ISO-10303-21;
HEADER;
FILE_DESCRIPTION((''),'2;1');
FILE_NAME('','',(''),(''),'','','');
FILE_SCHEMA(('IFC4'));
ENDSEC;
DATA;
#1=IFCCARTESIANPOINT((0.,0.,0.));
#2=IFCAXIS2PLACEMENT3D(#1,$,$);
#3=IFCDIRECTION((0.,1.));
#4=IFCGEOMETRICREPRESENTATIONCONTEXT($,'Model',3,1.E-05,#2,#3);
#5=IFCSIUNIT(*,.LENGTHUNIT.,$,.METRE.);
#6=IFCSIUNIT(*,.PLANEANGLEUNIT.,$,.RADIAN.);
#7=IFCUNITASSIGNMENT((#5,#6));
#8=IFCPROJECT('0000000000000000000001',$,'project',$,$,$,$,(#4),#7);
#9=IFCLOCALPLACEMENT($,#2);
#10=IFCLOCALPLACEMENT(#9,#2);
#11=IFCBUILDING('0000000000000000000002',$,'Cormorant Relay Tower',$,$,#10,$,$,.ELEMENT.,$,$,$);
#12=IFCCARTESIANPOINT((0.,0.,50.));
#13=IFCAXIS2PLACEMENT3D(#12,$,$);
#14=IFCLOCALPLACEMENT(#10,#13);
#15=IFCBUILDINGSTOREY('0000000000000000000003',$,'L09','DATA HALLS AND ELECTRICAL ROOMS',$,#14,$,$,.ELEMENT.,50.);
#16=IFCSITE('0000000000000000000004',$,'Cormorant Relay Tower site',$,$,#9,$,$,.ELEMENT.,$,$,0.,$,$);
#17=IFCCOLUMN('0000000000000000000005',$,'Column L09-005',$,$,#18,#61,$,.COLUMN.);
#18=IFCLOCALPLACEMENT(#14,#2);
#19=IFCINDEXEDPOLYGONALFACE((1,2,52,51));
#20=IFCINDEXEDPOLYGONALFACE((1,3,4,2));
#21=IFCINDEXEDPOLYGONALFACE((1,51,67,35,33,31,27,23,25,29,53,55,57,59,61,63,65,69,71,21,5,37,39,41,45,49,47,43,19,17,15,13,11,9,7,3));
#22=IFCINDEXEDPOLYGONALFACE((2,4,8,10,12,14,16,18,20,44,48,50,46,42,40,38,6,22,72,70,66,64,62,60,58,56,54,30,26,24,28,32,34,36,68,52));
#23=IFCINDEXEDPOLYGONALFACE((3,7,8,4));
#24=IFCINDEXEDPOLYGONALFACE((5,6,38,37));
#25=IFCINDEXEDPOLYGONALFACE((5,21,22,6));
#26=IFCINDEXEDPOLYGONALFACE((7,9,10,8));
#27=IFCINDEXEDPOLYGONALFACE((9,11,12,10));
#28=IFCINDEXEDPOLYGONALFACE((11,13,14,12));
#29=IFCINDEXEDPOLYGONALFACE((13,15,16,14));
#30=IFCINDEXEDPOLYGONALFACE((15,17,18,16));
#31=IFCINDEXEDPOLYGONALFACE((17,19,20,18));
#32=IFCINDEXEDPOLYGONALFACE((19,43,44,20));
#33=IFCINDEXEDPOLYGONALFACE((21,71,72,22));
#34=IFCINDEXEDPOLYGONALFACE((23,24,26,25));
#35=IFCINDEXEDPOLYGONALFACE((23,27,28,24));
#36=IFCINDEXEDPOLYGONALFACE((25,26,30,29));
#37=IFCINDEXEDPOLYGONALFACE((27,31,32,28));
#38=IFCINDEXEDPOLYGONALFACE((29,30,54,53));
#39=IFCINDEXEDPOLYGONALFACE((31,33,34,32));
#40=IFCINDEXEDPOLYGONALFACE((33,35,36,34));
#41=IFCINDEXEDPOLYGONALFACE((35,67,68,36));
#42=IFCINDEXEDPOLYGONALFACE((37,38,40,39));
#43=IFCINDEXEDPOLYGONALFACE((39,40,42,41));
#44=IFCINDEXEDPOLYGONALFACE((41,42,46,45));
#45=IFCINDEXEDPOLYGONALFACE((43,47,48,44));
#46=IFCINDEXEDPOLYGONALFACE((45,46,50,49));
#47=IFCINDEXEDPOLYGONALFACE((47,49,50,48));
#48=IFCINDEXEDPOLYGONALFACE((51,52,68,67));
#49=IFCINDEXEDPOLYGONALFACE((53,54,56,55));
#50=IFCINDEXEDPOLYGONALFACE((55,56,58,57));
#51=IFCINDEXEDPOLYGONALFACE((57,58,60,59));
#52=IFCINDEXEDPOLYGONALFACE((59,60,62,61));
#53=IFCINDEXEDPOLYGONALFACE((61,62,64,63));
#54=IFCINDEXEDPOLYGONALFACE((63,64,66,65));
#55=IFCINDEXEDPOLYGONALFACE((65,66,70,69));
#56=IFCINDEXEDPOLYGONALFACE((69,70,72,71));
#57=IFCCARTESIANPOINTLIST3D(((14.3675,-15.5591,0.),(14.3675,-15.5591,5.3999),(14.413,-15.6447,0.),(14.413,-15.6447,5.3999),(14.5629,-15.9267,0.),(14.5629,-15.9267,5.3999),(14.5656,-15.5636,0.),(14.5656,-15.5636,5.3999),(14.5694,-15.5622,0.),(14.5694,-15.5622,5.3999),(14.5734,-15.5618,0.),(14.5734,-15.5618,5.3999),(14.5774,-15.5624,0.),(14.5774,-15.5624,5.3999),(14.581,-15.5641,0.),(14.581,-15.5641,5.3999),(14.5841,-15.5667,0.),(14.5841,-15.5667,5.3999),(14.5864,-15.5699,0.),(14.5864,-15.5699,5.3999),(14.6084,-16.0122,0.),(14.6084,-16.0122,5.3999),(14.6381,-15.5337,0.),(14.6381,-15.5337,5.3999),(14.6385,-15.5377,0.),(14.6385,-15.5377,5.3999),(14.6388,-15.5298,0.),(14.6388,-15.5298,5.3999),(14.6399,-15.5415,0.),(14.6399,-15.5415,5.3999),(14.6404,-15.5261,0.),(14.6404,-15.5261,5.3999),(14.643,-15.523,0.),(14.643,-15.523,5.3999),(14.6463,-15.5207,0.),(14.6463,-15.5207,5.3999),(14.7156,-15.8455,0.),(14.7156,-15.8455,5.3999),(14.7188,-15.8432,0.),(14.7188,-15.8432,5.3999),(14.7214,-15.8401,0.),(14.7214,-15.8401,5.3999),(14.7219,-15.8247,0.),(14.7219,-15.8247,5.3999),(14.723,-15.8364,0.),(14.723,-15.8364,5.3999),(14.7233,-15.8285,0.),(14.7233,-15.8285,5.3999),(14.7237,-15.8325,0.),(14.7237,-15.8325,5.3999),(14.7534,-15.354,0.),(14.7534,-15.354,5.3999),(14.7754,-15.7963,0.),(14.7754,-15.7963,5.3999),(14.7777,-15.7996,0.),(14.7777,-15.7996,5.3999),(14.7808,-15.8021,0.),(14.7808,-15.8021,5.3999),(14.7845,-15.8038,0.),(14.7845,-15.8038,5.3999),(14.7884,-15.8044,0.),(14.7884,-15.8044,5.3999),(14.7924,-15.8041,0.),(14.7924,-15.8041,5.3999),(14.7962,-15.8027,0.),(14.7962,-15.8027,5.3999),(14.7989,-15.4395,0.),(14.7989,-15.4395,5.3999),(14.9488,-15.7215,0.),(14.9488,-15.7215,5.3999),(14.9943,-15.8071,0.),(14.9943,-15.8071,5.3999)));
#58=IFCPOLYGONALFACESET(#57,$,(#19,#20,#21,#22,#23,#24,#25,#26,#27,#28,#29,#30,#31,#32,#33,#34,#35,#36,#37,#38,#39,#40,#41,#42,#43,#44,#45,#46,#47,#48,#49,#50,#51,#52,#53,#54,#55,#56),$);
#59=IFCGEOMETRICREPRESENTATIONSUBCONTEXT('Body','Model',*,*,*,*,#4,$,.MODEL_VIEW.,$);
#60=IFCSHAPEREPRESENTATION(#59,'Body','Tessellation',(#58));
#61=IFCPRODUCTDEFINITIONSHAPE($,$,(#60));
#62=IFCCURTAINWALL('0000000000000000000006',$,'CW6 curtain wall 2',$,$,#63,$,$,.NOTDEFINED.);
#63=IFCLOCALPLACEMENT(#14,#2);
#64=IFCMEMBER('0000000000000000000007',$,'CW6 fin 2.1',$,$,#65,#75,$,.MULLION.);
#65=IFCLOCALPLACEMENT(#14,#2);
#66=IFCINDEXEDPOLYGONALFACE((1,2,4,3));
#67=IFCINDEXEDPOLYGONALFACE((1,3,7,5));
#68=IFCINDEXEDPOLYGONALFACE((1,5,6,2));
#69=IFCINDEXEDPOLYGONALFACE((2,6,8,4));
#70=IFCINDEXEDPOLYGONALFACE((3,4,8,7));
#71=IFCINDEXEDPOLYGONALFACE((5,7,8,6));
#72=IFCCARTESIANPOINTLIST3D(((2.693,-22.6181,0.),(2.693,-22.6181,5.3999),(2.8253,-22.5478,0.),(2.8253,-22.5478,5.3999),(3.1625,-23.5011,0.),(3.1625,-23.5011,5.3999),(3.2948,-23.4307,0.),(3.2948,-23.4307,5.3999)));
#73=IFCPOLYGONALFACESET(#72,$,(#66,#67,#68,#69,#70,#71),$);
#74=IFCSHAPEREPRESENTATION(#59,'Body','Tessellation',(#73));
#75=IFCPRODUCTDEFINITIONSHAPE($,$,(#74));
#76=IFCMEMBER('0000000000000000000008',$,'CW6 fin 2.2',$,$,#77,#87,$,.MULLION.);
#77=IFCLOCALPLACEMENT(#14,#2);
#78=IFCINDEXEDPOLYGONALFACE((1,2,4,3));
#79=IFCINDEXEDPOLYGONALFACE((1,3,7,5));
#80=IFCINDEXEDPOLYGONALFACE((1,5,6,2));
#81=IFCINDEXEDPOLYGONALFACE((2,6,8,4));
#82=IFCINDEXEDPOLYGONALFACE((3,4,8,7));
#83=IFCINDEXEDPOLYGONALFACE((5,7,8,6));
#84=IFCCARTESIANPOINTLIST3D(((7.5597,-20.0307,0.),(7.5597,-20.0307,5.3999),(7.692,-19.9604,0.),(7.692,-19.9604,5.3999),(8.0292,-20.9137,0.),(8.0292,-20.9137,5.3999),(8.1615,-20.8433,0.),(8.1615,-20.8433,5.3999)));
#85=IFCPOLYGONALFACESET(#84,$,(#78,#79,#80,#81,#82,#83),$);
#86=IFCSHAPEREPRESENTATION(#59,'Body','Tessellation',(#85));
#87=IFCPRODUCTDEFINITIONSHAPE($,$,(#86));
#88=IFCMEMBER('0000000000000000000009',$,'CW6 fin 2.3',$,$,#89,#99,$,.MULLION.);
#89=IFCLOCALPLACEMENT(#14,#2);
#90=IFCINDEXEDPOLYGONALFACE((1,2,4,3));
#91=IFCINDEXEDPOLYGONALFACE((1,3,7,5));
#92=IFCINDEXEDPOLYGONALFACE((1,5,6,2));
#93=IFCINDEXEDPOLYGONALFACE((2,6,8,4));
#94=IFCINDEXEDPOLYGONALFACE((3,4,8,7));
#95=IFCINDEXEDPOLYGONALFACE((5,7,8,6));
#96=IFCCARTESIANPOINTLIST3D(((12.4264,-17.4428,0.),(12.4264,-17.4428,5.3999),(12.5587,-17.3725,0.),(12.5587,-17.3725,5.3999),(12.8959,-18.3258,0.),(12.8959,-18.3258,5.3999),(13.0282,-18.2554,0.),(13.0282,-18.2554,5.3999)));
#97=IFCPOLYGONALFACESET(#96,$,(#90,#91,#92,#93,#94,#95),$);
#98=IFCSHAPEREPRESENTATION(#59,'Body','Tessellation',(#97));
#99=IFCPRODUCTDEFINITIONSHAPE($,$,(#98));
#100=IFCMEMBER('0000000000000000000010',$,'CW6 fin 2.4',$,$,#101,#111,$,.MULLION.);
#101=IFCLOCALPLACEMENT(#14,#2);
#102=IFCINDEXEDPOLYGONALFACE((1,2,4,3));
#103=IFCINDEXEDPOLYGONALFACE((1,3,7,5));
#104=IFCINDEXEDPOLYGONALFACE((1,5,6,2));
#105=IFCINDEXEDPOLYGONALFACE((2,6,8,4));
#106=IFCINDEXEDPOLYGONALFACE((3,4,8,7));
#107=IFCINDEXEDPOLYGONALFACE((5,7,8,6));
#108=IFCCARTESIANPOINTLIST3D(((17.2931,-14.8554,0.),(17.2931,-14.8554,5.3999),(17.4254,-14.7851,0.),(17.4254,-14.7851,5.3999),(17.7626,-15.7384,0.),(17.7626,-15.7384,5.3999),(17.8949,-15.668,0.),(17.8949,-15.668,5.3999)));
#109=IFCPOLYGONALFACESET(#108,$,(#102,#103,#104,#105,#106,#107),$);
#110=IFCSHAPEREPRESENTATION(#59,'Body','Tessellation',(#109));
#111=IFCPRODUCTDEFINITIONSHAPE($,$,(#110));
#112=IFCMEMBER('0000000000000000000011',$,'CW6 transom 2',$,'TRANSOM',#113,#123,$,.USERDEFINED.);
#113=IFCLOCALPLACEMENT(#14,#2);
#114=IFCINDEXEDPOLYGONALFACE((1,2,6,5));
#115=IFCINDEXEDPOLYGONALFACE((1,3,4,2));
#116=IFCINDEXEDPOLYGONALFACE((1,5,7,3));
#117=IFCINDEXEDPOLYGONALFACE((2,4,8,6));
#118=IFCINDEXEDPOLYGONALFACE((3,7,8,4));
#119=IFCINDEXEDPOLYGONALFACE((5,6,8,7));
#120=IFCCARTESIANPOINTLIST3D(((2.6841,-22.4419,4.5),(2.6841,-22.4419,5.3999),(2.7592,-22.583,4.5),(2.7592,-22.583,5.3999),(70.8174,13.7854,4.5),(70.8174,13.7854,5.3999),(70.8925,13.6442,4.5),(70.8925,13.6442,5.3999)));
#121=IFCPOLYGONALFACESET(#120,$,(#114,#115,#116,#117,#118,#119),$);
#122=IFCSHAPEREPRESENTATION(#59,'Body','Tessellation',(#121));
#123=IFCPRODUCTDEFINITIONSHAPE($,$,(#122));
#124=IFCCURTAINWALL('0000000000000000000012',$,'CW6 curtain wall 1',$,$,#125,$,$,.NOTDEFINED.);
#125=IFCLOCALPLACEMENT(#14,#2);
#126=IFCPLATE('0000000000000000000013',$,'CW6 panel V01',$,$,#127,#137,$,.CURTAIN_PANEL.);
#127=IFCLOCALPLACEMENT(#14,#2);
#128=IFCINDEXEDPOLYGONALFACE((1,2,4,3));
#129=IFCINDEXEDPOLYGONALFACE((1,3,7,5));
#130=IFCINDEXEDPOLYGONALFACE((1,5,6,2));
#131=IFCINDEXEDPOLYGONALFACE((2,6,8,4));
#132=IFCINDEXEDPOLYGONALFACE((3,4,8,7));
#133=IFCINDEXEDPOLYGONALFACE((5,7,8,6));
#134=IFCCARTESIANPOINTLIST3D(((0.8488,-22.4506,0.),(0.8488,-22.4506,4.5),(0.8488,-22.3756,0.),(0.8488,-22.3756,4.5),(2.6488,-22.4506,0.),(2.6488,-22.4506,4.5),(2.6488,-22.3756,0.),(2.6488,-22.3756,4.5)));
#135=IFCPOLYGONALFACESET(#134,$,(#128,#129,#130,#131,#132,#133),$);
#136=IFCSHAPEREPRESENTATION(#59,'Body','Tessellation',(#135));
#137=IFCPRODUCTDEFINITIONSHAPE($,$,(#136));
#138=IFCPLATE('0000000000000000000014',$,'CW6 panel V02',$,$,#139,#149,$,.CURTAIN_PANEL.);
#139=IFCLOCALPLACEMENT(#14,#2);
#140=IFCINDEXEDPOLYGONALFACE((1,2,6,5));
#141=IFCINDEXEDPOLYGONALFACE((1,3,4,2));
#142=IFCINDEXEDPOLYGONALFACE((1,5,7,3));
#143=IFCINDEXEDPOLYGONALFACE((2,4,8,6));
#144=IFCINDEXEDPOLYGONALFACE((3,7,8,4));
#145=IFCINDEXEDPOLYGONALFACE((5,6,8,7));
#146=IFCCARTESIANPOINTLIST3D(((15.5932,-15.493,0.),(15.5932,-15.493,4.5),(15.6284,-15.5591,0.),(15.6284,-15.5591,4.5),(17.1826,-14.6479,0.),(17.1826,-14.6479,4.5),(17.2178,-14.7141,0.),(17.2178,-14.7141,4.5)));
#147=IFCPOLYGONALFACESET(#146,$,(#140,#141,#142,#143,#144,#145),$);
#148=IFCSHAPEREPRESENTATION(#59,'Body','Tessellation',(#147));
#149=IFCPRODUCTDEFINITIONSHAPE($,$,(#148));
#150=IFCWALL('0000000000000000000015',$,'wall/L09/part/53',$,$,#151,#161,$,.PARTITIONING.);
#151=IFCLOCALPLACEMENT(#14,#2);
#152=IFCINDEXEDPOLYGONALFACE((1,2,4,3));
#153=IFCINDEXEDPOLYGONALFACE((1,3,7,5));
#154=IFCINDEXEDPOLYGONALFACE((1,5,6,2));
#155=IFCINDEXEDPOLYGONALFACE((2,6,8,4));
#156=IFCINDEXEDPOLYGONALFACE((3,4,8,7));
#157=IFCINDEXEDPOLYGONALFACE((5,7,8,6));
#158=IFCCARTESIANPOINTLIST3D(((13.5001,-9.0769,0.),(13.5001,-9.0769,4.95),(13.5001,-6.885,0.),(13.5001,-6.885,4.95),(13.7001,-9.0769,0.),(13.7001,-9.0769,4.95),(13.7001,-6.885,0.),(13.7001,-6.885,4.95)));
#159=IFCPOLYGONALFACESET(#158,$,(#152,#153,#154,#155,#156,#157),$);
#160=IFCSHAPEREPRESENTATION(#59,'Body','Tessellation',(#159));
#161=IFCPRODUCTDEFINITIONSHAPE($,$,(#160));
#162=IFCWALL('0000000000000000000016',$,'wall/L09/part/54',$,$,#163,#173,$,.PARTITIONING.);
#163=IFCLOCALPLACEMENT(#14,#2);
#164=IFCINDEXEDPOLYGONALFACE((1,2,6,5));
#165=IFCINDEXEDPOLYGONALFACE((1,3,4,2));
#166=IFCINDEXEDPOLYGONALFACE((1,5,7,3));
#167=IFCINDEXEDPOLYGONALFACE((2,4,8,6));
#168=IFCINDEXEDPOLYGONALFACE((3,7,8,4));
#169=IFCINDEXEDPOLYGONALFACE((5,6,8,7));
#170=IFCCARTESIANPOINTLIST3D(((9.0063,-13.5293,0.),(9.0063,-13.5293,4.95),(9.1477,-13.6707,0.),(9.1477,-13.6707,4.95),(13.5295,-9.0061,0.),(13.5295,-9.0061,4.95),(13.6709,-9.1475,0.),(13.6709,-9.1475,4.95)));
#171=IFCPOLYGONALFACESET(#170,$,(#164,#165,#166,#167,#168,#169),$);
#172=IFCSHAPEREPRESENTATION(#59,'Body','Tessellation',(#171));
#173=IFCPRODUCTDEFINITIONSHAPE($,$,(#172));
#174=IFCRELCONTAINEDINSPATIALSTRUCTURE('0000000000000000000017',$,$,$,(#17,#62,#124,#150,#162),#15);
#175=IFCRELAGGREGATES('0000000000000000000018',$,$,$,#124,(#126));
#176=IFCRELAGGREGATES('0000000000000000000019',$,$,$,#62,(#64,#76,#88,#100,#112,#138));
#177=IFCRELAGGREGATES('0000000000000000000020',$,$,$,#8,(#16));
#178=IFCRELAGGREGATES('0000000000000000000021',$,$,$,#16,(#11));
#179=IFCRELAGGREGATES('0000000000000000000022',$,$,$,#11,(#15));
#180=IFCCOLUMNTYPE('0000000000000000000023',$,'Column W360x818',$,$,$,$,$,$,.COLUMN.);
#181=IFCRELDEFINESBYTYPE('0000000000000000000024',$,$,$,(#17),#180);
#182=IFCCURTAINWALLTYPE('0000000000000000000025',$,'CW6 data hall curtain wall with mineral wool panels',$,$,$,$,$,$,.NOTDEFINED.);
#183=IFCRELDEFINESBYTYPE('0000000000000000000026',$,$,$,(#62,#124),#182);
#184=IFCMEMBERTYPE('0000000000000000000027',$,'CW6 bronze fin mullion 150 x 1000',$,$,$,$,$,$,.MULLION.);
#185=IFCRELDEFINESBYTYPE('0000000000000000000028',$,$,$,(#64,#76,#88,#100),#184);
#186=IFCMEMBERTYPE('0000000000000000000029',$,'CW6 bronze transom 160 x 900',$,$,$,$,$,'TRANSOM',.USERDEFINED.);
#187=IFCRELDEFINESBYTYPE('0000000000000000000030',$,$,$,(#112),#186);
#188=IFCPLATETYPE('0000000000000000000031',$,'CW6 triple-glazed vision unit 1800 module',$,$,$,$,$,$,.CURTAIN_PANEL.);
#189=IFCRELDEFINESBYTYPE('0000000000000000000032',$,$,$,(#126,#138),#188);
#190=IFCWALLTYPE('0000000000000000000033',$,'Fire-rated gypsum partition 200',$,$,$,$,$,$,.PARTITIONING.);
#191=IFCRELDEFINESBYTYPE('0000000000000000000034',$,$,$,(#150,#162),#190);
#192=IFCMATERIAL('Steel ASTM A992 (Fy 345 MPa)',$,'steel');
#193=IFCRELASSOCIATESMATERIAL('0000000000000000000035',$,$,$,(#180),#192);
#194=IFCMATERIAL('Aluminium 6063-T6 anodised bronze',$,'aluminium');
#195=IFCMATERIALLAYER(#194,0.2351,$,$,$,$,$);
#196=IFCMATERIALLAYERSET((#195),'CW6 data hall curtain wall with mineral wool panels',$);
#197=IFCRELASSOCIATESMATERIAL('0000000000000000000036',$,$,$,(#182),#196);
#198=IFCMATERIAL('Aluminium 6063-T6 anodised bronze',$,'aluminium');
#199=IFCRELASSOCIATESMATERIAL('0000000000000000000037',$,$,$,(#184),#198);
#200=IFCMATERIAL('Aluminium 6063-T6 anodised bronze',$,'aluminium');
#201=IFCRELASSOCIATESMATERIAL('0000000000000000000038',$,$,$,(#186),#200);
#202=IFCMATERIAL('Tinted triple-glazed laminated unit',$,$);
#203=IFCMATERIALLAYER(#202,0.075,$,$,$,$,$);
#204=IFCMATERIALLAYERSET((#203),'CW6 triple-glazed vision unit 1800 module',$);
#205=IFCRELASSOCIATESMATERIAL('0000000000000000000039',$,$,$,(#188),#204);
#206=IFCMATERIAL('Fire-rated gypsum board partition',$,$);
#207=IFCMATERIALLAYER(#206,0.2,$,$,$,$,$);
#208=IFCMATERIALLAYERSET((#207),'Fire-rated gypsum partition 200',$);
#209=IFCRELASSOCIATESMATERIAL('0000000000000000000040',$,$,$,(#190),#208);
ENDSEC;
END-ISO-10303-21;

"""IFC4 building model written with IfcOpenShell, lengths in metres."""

from ifc_helpers import new_model, si_unit, direction, frame, frame_2d, origin, origin_2d, place, context, subcontext, project, spatial, rectangle, i_section, extrude, material, layer, layer_set, material_profile, profile_set, type_object, element, aggregate, save


model = new_model("IFC4")

# Units and contexts
model_context = context("Model", 3, precision=1e-05, world=origin(), true_north=direction((0.0, 1.0)))
body_context = subcontext(model_context, "Body", "Model", "MODEL_VIEW")
ifc_project = project(units=[si_unit("LENGTHUNIT", "METRE"), si_unit("PLANEANGLEUNIT", "RADIAN")], contexts=[model_context])

# Site, building, storey
site_placement = place(None, origin())
site = spatial("IfcSite", under=ifc_project, at=site_placement, Name="Cormorant Relay Tower site", CompositionType="ELEMENT", RefElevation=0.0)
building_placement = place(site_placement, origin())
building = spatial("IfcBuilding", under=site, at=building_placement, Name="Cormorant Relay Tower", CompositionType="ELEMENT")
storey_placement = place(building_placement, frame((0.0, 0.0, 50.0)))
storey = spatial("IfcBuildingStorey", under=building, at=storey_placement, Name="L09", Description="DATA HALLS AND ELECTRICAL ROOMS", CompositionType="ELEMENT", Elevation=50.0)

# Column
ifc_material_1 = material(Name="Steel ASTM A992 (Fy 345 MPa)", Category="steel")
ifc_material_profile_1 = material_profile(ifc_material_1, i_section(OverallWidth=0.437, OverallDepth=0.5132, WebThickness=0.0605, FlangeThickness=0.0969, FilletRadius=0.0154, at=origin_2d()), Name="W360x818")
ifc_profile_set_1 = profile_set([ifc_material_profile_1], Name="Steel ASTM A992 (Fy 345 MPa)")
column_type_1 = type_object("IfcColumnType", Name="Column W360x818", PredefinedType="COLUMN", material=ifc_profile_set_1)
for number, where, z_axis, x_axis, name in (
    (1, (14.6809, -15.6831, 0.0), (0.0, 0.0, 1.0), (0.882948, 0.469472, 0.0), "Column L09-005"),
):
    element("IfcColumn", number, at=place(storey_placement, frame(where, z_axis=z_axis, x_axis=x_axis)), inside=storey, type_object=column_type_1, Name=name, PredefinedType="COLUMN", context=body_context, shape_type="SweptSolid", body=[
        extrude(i_section(OverallWidth=0.437, OverallDepth=0.5132, WebThickness=0.0605, FlangeThickness=0.0969, FilletRadius=0.0154, at=origin_2d()), origin(), (0.0, 0.0, 1.0), 5.3999),
    ])

# Curtain wall, members
ifc_material_2 = material(Name="Aluminium 6063-T6 anodised bronze", Category="aluminium")
ifc_layer_1 = layer(ifc_material_2, 0.2351)
ifc_layer_set_1 = layer_set([ifc_layer_1], Name="CW6 data hall curtain wall with mineral wool panels")
curtain_wall_type = type_object("IfcCurtainWallType", Name="CW6 data hall curtain wall with mineral wool panels", PredefinedType="NOTDEFINED", material=ifc_layer_set_1)
curtain_wall_1_placement = place(storey_placement, origin())
curtain_wall_1 = element("IfcCurtainWall", 2, at=curtain_wall_1_placement, inside=storey, type_object=curtain_wall_type, Name="CW6 curtain wall 2", PredefinedType="NOTDEFINED")
ifc_material_3 = material(Name="Aluminium 6063-T6 anodised bronze", Category="aluminium")
ifc_material_profile_2 = material_profile(ifc_material_3, rectangle(XDim=0.1499, YDim=1.0, at=origin_2d()), Name="AL 150x1000")
ifc_profile_set_2 = profile_set([ifc_material_profile_2], Name="Aluminium 6063-T6 anodised bronze")
member_type_1 = type_object("IfcMemberType", Name="CW6 bronze fin mullion 150 x 1000", PredefinedType="MULLION", material=ifc_profile_set_2)
member_1_placement = place(storey_placement, frame((2.9939, -23.0244, 0.0), z_axis=(0.0, 0.0, 1.0), x_axis=(0.882948, 0.469472, 0.0)))
member_1 = element("IfcMember", 3, at=member_1_placement, type_object=member_type_1, Name="CW6 fin 2.1", PredefinedType="MULLION", context=body_context, shape_type="SweptSolid", body=[
    extrude(rectangle(XDim=0.1499, YDim=1.0, at=origin_2d()), origin(), (0.0, 0.0, 1.0), 5.3999),
])
member_2_placement = place(storey_placement, frame((7.8606, -20.437, 0.0), z_axis=(0.0, 0.0, 1.0), x_axis=(0.882948, 0.469472, 0.0)))
member_2 = element("IfcMember", 4, at=member_2_placement, type_object=member_type_1, Name="CW6 fin 2.2", PredefinedType="MULLION", context=body_context, shape_type="SweptSolid", body=[
    extrude(rectangle(XDim=0.1499, YDim=1.0, at=origin_2d()), origin(), (0.0, 0.0, 1.0), 5.3999),
])
member_3_placement = place(storey_placement, frame((12.7273, -17.8491, 0.0), z_axis=(0.0, 0.0, 1.0), x_axis=(0.882948, 0.469472, 0.0)))
member_3 = element("IfcMember", 5, at=member_3_placement, type_object=member_type_1, Name="CW6 fin 2.3", PredefinedType="MULLION", context=body_context, shape_type="SweptSolid", body=[
    extrude(rectangle(XDim=0.1499, YDim=1.0, at=origin_2d()), origin(), (0.0, 0.0, 1.0), 5.3999),
])
member_4_placement = place(storey_placement, frame((17.594, -15.2617, 0.0), z_axis=(0.0, 0.0, 1.0), x_axis=(0.882948, 0.469472, 0.0)))
member_4 = element("IfcMember", 6, at=member_4_placement, type_object=member_type_1, Name="CW6 fin 2.4", PredefinedType="MULLION", context=body_context, shape_type="SweptSolid", body=[
    extrude(rectangle(XDim=0.1499, YDim=1.0, at=origin_2d()), origin(), (0.0, 0.0, 1.0), 5.3999),
])
ifc_material_4 = material(Name="Aluminium 6063-T6 anodised bronze", Category="aluminium")
ifc_material_profile_3 = material_profile(ifc_material_4, rectangle(XDim=0.1599, YDim=0.8999, at=origin_2d()), Name="AL 160x900")
ifc_profile_set_3 = profile_set([ifc_material_profile_3], Name="Aluminium 6063-T6 anodised bronze")
member_type_2 = type_object("IfcMemberType", Name="CW6 bronze transom 160 x 900", ElementType="TRANSOM", PredefinedType="USERDEFINED", material=ifc_profile_set_3)
member_5_placement = place(storey_placement, frame((2.7217, -22.5125, 4.95), z_axis=(0.882947, 0.469473, 0.0), x_axis=(-0.469473, 0.882947, 0.0)))
member_5 = element("IfcMember", 7, at=member_5_placement, type_object=member_type_2, Name="CW6 transom 2", ObjectType="TRANSOM", PredefinedType="USERDEFINED", context=body_context, shape_type="SweptSolid", body=[
    extrude(rectangle(XDim=0.1599, YDim=0.8999, at=origin_2d()), origin(), (0.0, 0.0, 1.0), 77.1658),
])

# Curtain wall, plate
curtain_wall_2_placement = place(storey_placement, origin())
curtain_wall_2 = element("IfcCurtainWall", 8, at=curtain_wall_2_placement, inside=storey, type_object=curtain_wall_type, Name="CW6 curtain wall 1", PredefinedType="NOTDEFINED")
ifc_material_5 = material(Name="Tinted triple-glazed laminated unit")
ifc_layer_2 = layer(ifc_material_5, 0.075)
ifc_layer_set_2 = layer_set([ifc_layer_2], Name="CW6 triple-glazed vision unit 1800 module")
plate_type = type_object("IfcPlateType", Name="CW6 triple-glazed vision unit 1800 module", PredefinedType="CURTAIN_PANEL", material=ifc_layer_set_2)
plate_1_placement = place(storey_placement, frame((1.7488, -22.4131, 0.0), z_axis=(0.0, 0.0, 1.0), x_axis=(1.0, 0.0, 0.0)))
plate_1 = element("IfcPlate", 9, at=plate_1_placement, type_object=plate_type, Name="CW6 panel V01", PredefinedType="CURTAIN_PANEL", context=body_context, shape_type="SweptSolid", body=[
    extrude(rectangle(XDim=1.8, YDim=0.075, at=origin_2d()), origin(), (0.0, 0.0, 1.0), 4.5),
])
aggregate(curtain_wall_2, [plate_1])

# Plate
plate_2_placement = place(storey_placement, frame((16.4055, -15.1035, 0.0), z_axis=(0.0, 0.0, 1.0), x_axis=(0.882948, 0.469472, 0.0)))
plate_2 = element("IfcPlate", 10, at=plate_2_placement, type_object=plate_type, Name="CW6 panel V02", PredefinedType="CURTAIN_PANEL", context=body_context, shape_type="SweptSolid", body=[
    extrude(rectangle(XDim=1.8, YDim=0.075, at=origin_2d()), origin(), (0.0, 0.0, 1.0), 4.5),
])

# Walls
ifc_material_6 = material(Name="Fire-rated gypsum board partition")
ifc_layer_3 = layer(ifc_material_6, 0.2)
ifc_layer_set_3 = layer_set([ifc_layer_3], Name="Fire-rated gypsum partition 200")
wall_type_1 = type_object("IfcWallType", Name="Fire-rated gypsum partition 200", PredefinedType="PARTITIONING", material=ifc_layer_set_3)
wall_1_placement = place(storey_placement, frame((13.6001, -6.885, 0.0), z_axis=(0.0, 0.0, 1.0), x_axis=(0.0, -1.0, 0.0)))
element("IfcWall", 11, at=wall_1_placement, inside=storey, type_object=wall_type_1, Name="wall/L09/part/53", PredefinedType="PARTITIONING", context=body_context, shape_type="SweptSolid", body=[
    extrude(rectangle(XDim=2.1919, YDim=0.2, at=frame_2d((1.0959, 0.0))), origin(), (0.0, 0.0, 1.0), 4.95),
])
wall_2_placement = place(storey_placement, frame((13.6001, -9.0769, 0.0), z_axis=(0.0, 0.0, 1.0), x_axis=(-0.707107, -0.707107, 0.0)))
element("IfcWall", 12, at=wall_2_placement, inside=storey, type_object=wall_type_1, Name="wall/L09/part/54", PredefinedType="PARTITIONING", context=body_context, shape_type="SweptSolid", body=[
    extrude(rectangle(XDim=6.3967, YDim=0.2, at=frame_2d((3.1982, 0.0))), origin(), (0.0, 0.0, 1.0), 4.95),
])

aggregate(curtain_wall_1, [member_1, member_2, member_3, member_4, member_5, plate_2])

save(model, "model.ifc")
